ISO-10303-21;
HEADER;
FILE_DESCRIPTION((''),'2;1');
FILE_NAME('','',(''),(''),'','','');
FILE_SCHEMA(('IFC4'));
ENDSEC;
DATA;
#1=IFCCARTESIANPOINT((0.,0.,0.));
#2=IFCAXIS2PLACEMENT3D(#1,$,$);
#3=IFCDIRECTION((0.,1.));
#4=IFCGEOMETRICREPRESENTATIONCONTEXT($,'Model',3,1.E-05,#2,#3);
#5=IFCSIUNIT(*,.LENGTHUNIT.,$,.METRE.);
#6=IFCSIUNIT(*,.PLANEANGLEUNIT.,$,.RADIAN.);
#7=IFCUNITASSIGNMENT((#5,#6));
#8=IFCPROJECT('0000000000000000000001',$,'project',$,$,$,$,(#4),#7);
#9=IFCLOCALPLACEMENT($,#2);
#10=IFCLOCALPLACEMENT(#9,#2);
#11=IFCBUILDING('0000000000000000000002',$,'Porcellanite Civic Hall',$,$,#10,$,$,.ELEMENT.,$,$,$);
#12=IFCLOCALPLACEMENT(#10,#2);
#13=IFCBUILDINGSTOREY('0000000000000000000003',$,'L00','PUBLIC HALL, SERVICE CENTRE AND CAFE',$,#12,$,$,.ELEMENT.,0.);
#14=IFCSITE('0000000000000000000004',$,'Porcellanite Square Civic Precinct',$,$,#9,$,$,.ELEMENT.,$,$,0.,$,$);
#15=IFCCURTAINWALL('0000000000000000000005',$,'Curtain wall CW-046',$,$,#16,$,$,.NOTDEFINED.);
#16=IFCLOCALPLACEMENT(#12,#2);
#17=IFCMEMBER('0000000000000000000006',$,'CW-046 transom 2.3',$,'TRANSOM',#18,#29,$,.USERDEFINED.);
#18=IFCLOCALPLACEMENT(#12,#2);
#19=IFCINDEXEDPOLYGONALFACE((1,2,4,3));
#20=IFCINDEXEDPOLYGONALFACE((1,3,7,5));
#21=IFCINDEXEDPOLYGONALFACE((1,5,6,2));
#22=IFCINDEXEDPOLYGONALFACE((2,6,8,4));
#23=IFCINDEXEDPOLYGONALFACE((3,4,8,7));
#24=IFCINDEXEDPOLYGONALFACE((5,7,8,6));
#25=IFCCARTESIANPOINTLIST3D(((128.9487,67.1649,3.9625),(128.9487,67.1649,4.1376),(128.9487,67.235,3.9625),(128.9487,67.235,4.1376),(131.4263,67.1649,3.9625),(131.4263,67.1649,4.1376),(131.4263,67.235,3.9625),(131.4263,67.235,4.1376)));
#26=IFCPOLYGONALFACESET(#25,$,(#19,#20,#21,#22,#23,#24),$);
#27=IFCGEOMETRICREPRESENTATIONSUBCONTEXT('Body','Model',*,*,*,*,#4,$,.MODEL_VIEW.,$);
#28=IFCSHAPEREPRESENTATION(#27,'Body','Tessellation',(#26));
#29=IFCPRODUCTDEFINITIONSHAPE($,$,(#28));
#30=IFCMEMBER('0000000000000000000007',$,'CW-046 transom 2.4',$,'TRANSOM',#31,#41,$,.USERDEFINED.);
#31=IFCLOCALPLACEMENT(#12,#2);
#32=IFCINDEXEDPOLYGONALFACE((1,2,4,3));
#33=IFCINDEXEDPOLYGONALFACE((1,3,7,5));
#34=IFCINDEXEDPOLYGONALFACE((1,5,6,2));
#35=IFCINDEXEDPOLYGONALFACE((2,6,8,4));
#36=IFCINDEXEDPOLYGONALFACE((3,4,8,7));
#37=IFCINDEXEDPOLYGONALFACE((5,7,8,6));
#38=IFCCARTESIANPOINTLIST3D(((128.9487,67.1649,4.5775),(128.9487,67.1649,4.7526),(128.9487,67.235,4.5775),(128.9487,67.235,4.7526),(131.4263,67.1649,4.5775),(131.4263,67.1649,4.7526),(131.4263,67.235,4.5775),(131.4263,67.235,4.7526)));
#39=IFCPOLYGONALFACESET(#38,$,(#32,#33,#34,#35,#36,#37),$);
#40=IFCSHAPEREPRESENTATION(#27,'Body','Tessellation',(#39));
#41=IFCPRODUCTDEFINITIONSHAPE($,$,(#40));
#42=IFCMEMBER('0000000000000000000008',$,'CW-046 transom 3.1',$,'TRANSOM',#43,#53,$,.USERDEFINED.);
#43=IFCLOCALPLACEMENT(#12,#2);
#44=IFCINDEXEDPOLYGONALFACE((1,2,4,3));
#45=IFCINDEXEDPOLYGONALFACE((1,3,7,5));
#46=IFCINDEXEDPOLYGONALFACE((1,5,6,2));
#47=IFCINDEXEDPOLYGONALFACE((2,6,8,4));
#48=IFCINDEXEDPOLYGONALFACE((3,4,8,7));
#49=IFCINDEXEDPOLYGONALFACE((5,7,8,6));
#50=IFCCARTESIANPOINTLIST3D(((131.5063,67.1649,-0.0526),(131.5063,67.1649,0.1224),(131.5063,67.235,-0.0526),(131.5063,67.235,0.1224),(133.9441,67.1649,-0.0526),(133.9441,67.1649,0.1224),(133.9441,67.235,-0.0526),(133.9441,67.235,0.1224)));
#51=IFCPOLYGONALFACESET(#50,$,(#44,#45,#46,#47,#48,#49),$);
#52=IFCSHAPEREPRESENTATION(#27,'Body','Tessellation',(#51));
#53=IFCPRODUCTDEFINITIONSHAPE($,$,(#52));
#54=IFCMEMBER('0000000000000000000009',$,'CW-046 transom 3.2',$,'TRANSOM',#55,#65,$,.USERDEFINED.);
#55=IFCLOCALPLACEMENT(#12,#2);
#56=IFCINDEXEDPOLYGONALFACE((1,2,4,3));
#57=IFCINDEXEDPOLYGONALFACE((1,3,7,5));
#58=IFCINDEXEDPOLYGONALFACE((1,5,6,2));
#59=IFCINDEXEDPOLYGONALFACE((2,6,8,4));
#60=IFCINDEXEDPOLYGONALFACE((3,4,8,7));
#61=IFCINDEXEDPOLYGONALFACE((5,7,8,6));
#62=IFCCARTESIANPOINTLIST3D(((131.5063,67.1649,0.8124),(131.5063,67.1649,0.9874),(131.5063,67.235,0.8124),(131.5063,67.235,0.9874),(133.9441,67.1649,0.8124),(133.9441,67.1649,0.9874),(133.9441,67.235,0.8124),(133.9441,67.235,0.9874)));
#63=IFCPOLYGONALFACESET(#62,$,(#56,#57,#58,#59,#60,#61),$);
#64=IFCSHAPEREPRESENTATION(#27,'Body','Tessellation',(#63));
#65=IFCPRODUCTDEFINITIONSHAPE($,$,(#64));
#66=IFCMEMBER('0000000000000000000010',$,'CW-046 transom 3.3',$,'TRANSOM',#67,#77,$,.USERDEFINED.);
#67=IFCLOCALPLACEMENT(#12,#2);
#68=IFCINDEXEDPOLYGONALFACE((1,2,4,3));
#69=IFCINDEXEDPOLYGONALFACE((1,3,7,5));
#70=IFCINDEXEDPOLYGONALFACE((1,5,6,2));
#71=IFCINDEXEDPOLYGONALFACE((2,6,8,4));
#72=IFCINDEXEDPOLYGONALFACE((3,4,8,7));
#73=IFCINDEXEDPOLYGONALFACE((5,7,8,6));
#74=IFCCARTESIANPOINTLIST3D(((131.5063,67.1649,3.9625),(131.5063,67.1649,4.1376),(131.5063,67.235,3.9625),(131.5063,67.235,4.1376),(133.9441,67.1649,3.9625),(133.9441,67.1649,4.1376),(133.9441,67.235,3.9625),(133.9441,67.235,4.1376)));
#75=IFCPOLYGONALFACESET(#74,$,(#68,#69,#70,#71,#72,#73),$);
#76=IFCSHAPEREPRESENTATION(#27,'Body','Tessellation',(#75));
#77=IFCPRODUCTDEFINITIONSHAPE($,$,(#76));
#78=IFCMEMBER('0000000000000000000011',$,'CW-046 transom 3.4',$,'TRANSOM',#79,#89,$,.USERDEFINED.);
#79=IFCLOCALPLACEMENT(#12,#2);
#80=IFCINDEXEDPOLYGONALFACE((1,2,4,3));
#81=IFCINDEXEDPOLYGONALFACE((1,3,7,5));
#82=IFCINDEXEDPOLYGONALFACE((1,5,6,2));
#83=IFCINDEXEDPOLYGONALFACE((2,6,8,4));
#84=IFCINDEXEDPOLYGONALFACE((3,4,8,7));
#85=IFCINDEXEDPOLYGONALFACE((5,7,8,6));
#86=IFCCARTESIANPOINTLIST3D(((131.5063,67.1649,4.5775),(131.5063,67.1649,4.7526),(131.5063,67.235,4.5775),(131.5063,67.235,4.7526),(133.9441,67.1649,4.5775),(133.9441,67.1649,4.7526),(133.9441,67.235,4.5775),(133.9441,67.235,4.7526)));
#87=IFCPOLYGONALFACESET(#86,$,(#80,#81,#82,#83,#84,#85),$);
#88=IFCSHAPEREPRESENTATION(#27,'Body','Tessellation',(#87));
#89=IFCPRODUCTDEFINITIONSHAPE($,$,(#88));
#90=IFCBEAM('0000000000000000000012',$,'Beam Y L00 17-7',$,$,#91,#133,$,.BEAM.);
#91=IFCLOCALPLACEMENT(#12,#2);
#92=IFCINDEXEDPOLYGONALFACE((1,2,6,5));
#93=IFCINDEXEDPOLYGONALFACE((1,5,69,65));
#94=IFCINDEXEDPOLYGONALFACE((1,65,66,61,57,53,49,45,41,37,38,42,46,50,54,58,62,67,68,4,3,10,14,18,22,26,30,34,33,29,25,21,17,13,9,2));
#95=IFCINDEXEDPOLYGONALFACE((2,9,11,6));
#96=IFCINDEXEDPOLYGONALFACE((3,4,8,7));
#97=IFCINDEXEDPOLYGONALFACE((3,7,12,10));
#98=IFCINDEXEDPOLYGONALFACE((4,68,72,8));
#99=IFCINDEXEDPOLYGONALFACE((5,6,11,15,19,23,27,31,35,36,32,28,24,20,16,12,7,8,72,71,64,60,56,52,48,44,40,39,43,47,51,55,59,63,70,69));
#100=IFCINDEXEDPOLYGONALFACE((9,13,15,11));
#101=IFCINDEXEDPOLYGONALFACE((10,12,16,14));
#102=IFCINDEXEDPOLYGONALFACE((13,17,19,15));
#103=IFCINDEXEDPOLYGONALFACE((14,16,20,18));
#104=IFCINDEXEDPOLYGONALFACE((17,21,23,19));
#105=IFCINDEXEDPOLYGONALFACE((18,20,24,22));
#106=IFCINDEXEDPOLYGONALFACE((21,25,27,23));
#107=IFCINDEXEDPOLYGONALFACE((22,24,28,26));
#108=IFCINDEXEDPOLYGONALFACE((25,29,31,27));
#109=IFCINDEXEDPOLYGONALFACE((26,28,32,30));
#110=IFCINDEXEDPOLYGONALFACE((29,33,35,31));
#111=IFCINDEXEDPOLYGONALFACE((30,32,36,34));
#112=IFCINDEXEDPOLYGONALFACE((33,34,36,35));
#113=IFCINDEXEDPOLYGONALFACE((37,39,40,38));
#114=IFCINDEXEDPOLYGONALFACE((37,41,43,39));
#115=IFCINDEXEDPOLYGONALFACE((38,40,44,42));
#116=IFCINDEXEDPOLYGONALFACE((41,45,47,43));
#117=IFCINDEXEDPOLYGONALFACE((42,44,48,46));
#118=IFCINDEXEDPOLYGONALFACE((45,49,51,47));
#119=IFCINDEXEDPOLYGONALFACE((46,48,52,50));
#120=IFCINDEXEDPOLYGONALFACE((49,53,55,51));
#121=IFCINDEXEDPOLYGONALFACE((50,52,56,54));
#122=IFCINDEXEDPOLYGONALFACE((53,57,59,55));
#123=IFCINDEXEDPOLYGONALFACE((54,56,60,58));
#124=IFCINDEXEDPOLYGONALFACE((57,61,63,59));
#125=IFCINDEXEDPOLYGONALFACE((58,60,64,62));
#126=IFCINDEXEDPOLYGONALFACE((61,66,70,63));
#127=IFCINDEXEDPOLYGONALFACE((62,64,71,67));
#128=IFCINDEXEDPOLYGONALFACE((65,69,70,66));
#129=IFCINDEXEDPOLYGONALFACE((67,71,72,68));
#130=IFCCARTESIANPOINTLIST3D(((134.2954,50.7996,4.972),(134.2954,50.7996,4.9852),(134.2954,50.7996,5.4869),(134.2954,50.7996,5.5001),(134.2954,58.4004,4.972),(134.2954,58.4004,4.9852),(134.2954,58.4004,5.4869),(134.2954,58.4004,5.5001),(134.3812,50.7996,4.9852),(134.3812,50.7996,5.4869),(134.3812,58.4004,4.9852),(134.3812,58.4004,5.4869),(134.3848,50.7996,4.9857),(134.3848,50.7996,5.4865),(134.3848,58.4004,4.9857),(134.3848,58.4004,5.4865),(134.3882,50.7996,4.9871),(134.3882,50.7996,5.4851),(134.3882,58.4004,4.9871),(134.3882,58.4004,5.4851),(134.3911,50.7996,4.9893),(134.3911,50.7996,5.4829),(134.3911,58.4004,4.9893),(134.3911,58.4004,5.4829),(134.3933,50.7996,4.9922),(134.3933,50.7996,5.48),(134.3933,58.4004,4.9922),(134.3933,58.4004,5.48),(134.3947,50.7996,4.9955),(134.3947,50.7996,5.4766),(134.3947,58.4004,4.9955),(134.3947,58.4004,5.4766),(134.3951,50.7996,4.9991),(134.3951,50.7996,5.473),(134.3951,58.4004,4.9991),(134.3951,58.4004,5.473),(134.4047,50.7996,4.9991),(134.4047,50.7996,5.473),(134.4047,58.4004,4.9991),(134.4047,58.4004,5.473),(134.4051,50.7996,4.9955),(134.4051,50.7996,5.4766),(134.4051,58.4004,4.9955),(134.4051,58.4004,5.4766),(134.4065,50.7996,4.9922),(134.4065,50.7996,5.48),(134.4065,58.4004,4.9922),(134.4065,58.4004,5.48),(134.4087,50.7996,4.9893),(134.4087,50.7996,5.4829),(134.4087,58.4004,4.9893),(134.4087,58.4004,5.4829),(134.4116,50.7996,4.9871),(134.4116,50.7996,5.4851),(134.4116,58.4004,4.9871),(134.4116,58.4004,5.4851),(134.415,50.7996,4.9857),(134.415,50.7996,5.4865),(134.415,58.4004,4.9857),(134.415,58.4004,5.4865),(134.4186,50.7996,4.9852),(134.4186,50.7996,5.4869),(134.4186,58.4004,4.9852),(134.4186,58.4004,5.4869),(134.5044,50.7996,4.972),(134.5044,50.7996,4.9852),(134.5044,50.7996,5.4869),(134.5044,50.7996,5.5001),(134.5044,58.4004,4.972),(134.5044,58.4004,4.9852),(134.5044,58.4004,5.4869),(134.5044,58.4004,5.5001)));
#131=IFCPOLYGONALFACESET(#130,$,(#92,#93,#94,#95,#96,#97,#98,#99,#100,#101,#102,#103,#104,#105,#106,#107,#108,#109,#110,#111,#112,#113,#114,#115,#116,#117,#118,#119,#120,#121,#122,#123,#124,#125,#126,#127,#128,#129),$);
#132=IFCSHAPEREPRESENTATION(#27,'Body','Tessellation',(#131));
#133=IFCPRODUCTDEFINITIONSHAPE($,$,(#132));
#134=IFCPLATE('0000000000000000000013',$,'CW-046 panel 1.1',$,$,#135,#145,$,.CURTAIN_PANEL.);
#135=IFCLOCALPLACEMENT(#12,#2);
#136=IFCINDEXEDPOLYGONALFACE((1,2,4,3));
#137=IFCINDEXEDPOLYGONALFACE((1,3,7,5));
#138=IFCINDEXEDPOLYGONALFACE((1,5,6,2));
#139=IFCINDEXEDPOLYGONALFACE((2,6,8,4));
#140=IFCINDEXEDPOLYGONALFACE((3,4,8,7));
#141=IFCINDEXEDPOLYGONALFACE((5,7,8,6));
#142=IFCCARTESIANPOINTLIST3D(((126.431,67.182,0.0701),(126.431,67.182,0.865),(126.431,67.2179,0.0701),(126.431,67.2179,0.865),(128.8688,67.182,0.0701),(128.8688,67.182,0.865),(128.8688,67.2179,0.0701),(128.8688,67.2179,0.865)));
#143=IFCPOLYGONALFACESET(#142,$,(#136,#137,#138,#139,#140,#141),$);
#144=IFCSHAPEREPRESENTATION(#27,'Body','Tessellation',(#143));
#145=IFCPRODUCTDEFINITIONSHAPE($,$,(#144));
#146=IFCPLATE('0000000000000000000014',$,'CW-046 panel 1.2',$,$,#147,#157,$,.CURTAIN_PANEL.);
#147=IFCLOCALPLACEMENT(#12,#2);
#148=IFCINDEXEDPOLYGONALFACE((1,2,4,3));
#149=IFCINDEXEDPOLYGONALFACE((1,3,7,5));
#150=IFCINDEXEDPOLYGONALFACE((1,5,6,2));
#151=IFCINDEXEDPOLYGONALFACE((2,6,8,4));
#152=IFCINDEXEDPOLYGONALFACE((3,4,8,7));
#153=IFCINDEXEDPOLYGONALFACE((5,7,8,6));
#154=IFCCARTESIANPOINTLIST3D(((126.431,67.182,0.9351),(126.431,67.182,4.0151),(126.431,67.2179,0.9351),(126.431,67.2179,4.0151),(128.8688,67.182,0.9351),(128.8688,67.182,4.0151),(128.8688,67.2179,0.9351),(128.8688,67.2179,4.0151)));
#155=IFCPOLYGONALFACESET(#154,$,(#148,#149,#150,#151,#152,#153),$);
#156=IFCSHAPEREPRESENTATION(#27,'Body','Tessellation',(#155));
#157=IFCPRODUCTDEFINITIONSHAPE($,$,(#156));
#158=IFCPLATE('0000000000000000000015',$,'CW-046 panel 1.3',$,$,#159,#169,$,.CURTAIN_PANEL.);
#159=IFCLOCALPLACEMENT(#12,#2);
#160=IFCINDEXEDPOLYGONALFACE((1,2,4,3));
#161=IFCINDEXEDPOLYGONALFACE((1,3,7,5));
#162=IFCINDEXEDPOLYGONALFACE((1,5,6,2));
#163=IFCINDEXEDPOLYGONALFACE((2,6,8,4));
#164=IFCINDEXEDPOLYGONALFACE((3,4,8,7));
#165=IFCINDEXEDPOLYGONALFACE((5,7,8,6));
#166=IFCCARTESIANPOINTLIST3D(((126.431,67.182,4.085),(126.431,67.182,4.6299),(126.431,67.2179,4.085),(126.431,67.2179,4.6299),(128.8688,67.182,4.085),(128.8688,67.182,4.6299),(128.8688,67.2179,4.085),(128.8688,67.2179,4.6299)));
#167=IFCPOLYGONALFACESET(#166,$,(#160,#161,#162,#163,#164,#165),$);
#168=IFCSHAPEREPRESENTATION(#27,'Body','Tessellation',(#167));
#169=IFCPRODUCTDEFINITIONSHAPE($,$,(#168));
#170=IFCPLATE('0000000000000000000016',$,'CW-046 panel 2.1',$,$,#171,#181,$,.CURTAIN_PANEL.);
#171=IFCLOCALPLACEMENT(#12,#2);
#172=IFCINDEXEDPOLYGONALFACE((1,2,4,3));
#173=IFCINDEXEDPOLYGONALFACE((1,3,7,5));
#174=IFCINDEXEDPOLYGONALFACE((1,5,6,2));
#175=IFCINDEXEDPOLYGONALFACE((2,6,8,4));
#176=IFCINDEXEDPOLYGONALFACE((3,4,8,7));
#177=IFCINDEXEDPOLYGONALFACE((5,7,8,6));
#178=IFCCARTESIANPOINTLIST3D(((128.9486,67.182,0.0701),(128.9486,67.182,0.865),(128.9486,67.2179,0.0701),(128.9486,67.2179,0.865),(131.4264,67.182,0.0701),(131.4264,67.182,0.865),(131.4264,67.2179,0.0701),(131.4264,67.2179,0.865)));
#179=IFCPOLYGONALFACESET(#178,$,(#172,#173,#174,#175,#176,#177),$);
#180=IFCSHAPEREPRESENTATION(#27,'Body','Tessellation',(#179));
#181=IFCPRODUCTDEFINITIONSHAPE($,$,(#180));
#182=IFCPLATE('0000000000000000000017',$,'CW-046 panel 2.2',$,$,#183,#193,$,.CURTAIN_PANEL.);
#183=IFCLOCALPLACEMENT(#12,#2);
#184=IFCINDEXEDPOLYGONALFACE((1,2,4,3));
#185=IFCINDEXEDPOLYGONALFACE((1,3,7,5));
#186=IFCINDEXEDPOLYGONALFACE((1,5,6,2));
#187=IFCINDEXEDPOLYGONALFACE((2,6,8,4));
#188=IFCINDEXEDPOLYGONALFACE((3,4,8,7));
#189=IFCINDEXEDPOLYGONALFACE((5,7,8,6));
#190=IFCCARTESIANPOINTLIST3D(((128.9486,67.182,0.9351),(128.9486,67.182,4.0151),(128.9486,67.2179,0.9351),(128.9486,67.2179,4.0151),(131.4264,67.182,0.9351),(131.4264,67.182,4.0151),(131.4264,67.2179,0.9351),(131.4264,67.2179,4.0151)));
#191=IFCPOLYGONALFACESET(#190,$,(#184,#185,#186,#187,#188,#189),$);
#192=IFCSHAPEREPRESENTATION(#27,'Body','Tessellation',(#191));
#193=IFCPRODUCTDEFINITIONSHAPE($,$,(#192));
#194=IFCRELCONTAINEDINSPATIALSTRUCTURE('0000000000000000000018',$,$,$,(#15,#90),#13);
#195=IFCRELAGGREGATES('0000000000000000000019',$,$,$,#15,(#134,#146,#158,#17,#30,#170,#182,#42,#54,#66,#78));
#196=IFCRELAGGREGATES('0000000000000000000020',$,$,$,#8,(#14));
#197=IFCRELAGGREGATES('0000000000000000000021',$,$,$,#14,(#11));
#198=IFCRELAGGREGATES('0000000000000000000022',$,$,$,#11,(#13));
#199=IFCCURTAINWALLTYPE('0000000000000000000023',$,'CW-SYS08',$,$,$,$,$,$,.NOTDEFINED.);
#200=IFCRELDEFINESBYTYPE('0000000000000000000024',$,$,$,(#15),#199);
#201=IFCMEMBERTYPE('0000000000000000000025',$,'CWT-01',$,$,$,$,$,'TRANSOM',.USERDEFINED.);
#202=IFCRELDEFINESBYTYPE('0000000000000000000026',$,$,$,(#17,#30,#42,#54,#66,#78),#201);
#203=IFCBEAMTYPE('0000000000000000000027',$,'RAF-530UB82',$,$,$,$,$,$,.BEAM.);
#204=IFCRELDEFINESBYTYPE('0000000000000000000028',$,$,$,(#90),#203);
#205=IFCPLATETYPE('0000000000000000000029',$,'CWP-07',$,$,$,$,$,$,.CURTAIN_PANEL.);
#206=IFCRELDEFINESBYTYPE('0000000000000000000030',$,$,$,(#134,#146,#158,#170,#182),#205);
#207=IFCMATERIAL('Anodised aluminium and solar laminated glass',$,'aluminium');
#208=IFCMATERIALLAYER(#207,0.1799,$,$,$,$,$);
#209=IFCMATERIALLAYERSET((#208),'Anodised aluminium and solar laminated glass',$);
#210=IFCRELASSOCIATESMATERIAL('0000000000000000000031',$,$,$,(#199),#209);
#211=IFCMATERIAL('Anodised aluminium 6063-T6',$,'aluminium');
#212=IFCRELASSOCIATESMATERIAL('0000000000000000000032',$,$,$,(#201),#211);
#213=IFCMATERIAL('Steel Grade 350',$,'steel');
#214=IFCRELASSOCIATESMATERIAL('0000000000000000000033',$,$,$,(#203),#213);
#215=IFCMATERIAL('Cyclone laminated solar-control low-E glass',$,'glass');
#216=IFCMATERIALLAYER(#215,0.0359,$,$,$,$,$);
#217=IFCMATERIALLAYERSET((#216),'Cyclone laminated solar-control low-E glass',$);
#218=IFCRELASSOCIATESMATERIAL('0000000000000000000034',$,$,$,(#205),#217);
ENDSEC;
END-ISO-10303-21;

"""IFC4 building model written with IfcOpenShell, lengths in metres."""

from ifc_helpers import new_model, si_unit, direction, frame, origin, origin_2d, place, context, subcontext, project, spatial, rectangle, i_section, extrude, material, layer, layer_set, material_profile, profile_set, type_object, element, aggregate, save


model = new_model("IFC4")

# Units and contexts
model_context = context("Model", 3, precision=1e-05, world=origin(), true_north=direction((0.0, 1.0)))
body_context = subcontext(model_context, "Body", "Model", "MODEL_VIEW")
ifc_project = project(units=[si_unit("LENGTHUNIT", "METRE"), si_unit("PLANEANGLEUNIT", "RADIAN")], contexts=[model_context])

# Site, building, storey
site_placement = place(None, origin())
site = spatial("IfcSite", under=ifc_project, at=site_placement, Name="Porcellanite Square Civic Precinct", CompositionType="ELEMENT", RefElevation=0.0)
building_placement = place(site_placement, origin())
building = spatial("IfcBuilding", under=site, at=building_placement, Name="Porcellanite Civic Hall", CompositionType="ELEMENT")
storey_placement = place(building_placement, origin())
storey = spatial("IfcBuildingStorey", under=building, at=storey_placement, Name="L00", Description="PUBLIC HALL, SERVICE CENTRE AND CAFE", CompositionType="ELEMENT", Elevation=0.0)

# Curtain wall, members
ifc_material_1 = material(Name="Anodised aluminium and solar laminated glass", Category="aluminium")
ifc_layer_1 = layer(ifc_material_1, 0.1799)
ifc_layer_set_1 = layer_set([ifc_layer_1], Name="Anodised aluminium and solar laminated glass")
curtain_wall_type = type_object("IfcCurtainWallType", Name="CW-SYS08", PredefinedType="NOTDEFINED", material=ifc_layer_set_1)
curtain_wall_placement = place(storey_placement, origin())
curtain_wall = element("IfcCurtainWall", 1, at=curtain_wall_placement, inside=storey, type_object=curtain_wall_type, Name="Curtain wall CW-046", PredefinedType="NOTDEFINED")
ifc_material_2 = material(Name="Anodised aluminium 6063-T6", Category="aluminium")
ifc_material_profile_1 = material_profile(ifc_material_2, rectangle(XDim=0.0701, YDim=0.175, at=origin_2d()), Name="AL-70x175")
ifc_profile_set_1 = profile_set([ifc_material_profile_1], Name="Anodised aluminium 6063-T6")
member_type_1 = type_object("IfcMemberType", Name="CWT-01", ElementType="TRANSOM", PredefinedType="USERDEFINED", material=ifc_profile_set_1)
member_1_placement = place(storey_placement, frame((128.9487, 67.2, 4.05), z_axis=(1.0, 0.0, 0.0), x_axis=(0.0, 1.0, 0.0)))
member_1 = element("IfcMember", 2, at=member_1_placement, type_object=member_type_1, Name="CW-046 transom 2.3", ObjectType="TRANSOM", PredefinedType="USERDEFINED", context=body_context, shape_type="SweptSolid", body=[
    extrude(rectangle(XDim=0.0701, YDim=0.175, at=origin_2d()), origin(), (0.0, 0.0, 1.0), 2.4775),
])
member_2_placement = place(storey_placement, frame((128.9487, 67.2, 4.665), z_axis=(1.0, 0.0, 0.0), x_axis=(0.0, 1.0, 0.0)))
member_2 = element("IfcMember", 3, at=member_2_placement, type_object=member_type_1, Name="CW-046 transom 2.4", ObjectType="TRANSOM", PredefinedType="USERDEFINED", context=body_context, shape_type="SweptSolid", body=[
    extrude(rectangle(XDim=0.0701, YDim=0.175, at=origin_2d()), origin(), (0.0, 0.0, 1.0), 2.4775),
])
member_3_placement = place(storey_placement, frame((131.5063, 67.2, 0.0349), z_axis=(1.0, 0.0, 0.0), x_axis=(0.0, 1.0, 0.0)))
member_3 = element("IfcMember", 4, at=member_3_placement, type_object=member_type_1, Name="CW-046 transom 3.1", ObjectType="TRANSOM", PredefinedType="USERDEFINED", context=body_context, shape_type="SweptSolid", body=[
    extrude(rectangle(XDim=0.0701, YDim=0.175, at=origin_2d()), origin(), (0.0, 0.0, 1.0), 2.4377),
])
member_4_placement = place(storey_placement, frame((131.5063, 67.2, 0.8999), z_axis=(1.0, 0.0, 0.0), x_axis=(0.0, 1.0, 0.0)))
member_4 = element("IfcMember", 5, at=member_4_placement, type_object=member_type_1, Name="CW-046 transom 3.2", ObjectType="TRANSOM", PredefinedType="USERDEFINED", context=body_context, shape_type="SweptSolid", body=[
    extrude(rectangle(XDim=0.0701, YDim=0.175, at=origin_2d()), origin(), (0.0, 0.0, 1.0), 2.4377),
])
member_5_placement = place(storey_placement, frame((131.5063, 67.2, 4.05), z_axis=(1.0, 0.0, 0.0), x_axis=(0.0, 1.0, 0.0)))
member_5 = element("IfcMember", 6, at=member_5_placement, type_object=member_type_1, Name="CW-046 transom 3.3", ObjectType="TRANSOM", PredefinedType="USERDEFINED", context=body_context, shape_type="SweptSolid", body=[
    extrude(rectangle(XDim=0.0701, YDim=0.175, at=origin_2d()), origin(), (0.0, 0.0, 1.0), 2.4377),
])
member_6_placement = place(storey_placement, frame((131.5063, 67.2, 4.665), z_axis=(1.0, 0.0, 0.0), x_axis=(0.0, 1.0, 0.0)))
member_6 = element("IfcMember", 7, at=member_6_placement, type_object=member_type_1, Name="CW-046 transom 3.4", ObjectType="TRANSOM", PredefinedType="USERDEFINED", context=body_context, shape_type="SweptSolid", body=[
    extrude(rectangle(XDim=0.0701, YDim=0.175, at=origin_2d()), origin(), (0.0, 0.0, 1.0), 2.4377),
])

# Beam
ifc_material_3 = material(Name="Steel Grade 350", Category="steel")
ifc_material_profile_2 = material_profile(ifc_material_3, i_section(OverallWidth=0.209, OverallDepth=0.5281, WebThickness=0.0095, FlangeThickness=0.0132, FilletRadius=0.0139, at=origin_2d()), Name="530UB82.0")
ifc_profile_set_2 = profile_set([ifc_material_profile_2], Name="Steel Grade 350")
beam_type_1 = type_object("IfcBeamType", Name="RAF-530UB82", PredefinedType="BEAM", material=ifc_profile_set_2)
beam_1_placement = place(storey_placement, frame((134.3999, 50.7996, 5.2361), z_axis=(0.0, 1.0, 0.0), x_axis=(-1.0, 0.0, 0.0)))
element("IfcBeam", 8, at=beam_1_placement, inside=storey, type_object=beam_type_1, Name="Beam Y L00 17-7", PredefinedType="BEAM", context=body_context, shape_type="SweptSolid", body=[
    extrude(i_section(OverallWidth=0.209, OverallDepth=0.5281, WebThickness=0.0095, FlangeThickness=0.0132, FilletRadius=0.0139, at=origin_2d()), origin(), (0.0, 0.0, 1.0), 7.6008),
])

# Plates
ifc_material_4 = material(Name="Cyclone laminated solar-control low-E glass", Category="glass")
ifc_layer_2 = layer(ifc_material_4, 0.0359)
ifc_layer_set_2 = layer_set([ifc_layer_2], Name="Cyclone laminated solar-control low-E glass")
plate_type = type_object("IfcPlateType", Name="CWP-07", PredefinedType="CURTAIN_PANEL", material=ifc_layer_set_2)
plate_1_placement = place(storey_placement, frame((127.6499, 67.2, 0.0701), z_axis=(0.0, 0.0, 1.0), x_axis=(1.0, 0.0, 0.0)))
plate_1 = element("IfcPlate", 9, at=plate_1_placement, type_object=plate_type, Name="CW-046 panel 1.1", PredefinedType="CURTAIN_PANEL", context=body_context, shape_type="SweptSolid", body=[
    extrude(rectangle(XDim=2.4377, YDim=0.0359, at=origin_2d()), origin(), (0.0, 0.0, 1.0), 0.7949),
])
plate_2_placement = place(storey_placement, frame((127.6499, 67.2, 0.9351), z_axis=(0.0, 0.0, 1.0), x_axis=(1.0, 0.0, 0.0)))
plate_2 = element("IfcPlate", 10, at=plate_2_placement, type_object=plate_type, Name="CW-046 panel 1.2", PredefinedType="CURTAIN_PANEL", context=body_context, shape_type="SweptSolid", body=[
    extrude(rectangle(XDim=2.4377, YDim=0.0359, at=origin_2d()), origin(), (0.0, 0.0, 1.0), 3.0801),
])
plate_3_placement = place(storey_placement, frame((127.6499, 67.2, 4.085), z_axis=(0.0, 0.0, 1.0), x_axis=(1.0, 0.0, 0.0)))
plate_3 = element("IfcPlate", 11, at=plate_3_placement, type_object=plate_type, Name="CW-046 panel 1.3", PredefinedType="CURTAIN_PANEL", context=body_context, shape_type="SweptSolid", body=[
    extrude(rectangle(XDim=2.4377, YDim=0.0359, at=origin_2d()), origin(), (0.0, 0.0, 1.0), 0.5449),
])
plate_4_placement = place(storey_placement, frame((130.1875, 67.2, 0.0701), z_axis=(0.0, 0.0, 1.0), x_axis=(1.0, 0.0, 0.0)))
plate_4 = element("IfcPlate", 12, at=plate_4_placement, type_object=plate_type, Name="CW-046 panel 2.1", PredefinedType="CURTAIN_PANEL", context=body_context, shape_type="SweptSolid", body=[
    extrude(rectangle(XDim=2.4778, YDim=0.0359, at=origin_2d()), origin(), (0.0, 0.0, 1.0), 0.7949),
])
plate_5_placement = place(storey_placement, frame((130.1875, 67.2, 0.9351), z_axis=(0.0, 0.0, 1.0), x_axis=(1.0, 0.0, 0.0)))
plate_5 = element("IfcPlate", 13, at=plate_5_placement, type_object=plate_type, Name="CW-046 panel 2.2", PredefinedType="CURTAIN_PANEL", context=body_context, shape_type="SweptSolid", body=[
    extrude(rectangle(XDim=2.4778, YDim=0.0359, at=origin_2d()), origin(), (0.0, 0.0, 1.0), 3.0801),
])
aggregate(curtain_wall, [plate_1, plate_2, plate_3, member_1, member_2, plate_4, plate_5, member_3, member_4, member_5, member_6])

save(model, "model.ifc")
